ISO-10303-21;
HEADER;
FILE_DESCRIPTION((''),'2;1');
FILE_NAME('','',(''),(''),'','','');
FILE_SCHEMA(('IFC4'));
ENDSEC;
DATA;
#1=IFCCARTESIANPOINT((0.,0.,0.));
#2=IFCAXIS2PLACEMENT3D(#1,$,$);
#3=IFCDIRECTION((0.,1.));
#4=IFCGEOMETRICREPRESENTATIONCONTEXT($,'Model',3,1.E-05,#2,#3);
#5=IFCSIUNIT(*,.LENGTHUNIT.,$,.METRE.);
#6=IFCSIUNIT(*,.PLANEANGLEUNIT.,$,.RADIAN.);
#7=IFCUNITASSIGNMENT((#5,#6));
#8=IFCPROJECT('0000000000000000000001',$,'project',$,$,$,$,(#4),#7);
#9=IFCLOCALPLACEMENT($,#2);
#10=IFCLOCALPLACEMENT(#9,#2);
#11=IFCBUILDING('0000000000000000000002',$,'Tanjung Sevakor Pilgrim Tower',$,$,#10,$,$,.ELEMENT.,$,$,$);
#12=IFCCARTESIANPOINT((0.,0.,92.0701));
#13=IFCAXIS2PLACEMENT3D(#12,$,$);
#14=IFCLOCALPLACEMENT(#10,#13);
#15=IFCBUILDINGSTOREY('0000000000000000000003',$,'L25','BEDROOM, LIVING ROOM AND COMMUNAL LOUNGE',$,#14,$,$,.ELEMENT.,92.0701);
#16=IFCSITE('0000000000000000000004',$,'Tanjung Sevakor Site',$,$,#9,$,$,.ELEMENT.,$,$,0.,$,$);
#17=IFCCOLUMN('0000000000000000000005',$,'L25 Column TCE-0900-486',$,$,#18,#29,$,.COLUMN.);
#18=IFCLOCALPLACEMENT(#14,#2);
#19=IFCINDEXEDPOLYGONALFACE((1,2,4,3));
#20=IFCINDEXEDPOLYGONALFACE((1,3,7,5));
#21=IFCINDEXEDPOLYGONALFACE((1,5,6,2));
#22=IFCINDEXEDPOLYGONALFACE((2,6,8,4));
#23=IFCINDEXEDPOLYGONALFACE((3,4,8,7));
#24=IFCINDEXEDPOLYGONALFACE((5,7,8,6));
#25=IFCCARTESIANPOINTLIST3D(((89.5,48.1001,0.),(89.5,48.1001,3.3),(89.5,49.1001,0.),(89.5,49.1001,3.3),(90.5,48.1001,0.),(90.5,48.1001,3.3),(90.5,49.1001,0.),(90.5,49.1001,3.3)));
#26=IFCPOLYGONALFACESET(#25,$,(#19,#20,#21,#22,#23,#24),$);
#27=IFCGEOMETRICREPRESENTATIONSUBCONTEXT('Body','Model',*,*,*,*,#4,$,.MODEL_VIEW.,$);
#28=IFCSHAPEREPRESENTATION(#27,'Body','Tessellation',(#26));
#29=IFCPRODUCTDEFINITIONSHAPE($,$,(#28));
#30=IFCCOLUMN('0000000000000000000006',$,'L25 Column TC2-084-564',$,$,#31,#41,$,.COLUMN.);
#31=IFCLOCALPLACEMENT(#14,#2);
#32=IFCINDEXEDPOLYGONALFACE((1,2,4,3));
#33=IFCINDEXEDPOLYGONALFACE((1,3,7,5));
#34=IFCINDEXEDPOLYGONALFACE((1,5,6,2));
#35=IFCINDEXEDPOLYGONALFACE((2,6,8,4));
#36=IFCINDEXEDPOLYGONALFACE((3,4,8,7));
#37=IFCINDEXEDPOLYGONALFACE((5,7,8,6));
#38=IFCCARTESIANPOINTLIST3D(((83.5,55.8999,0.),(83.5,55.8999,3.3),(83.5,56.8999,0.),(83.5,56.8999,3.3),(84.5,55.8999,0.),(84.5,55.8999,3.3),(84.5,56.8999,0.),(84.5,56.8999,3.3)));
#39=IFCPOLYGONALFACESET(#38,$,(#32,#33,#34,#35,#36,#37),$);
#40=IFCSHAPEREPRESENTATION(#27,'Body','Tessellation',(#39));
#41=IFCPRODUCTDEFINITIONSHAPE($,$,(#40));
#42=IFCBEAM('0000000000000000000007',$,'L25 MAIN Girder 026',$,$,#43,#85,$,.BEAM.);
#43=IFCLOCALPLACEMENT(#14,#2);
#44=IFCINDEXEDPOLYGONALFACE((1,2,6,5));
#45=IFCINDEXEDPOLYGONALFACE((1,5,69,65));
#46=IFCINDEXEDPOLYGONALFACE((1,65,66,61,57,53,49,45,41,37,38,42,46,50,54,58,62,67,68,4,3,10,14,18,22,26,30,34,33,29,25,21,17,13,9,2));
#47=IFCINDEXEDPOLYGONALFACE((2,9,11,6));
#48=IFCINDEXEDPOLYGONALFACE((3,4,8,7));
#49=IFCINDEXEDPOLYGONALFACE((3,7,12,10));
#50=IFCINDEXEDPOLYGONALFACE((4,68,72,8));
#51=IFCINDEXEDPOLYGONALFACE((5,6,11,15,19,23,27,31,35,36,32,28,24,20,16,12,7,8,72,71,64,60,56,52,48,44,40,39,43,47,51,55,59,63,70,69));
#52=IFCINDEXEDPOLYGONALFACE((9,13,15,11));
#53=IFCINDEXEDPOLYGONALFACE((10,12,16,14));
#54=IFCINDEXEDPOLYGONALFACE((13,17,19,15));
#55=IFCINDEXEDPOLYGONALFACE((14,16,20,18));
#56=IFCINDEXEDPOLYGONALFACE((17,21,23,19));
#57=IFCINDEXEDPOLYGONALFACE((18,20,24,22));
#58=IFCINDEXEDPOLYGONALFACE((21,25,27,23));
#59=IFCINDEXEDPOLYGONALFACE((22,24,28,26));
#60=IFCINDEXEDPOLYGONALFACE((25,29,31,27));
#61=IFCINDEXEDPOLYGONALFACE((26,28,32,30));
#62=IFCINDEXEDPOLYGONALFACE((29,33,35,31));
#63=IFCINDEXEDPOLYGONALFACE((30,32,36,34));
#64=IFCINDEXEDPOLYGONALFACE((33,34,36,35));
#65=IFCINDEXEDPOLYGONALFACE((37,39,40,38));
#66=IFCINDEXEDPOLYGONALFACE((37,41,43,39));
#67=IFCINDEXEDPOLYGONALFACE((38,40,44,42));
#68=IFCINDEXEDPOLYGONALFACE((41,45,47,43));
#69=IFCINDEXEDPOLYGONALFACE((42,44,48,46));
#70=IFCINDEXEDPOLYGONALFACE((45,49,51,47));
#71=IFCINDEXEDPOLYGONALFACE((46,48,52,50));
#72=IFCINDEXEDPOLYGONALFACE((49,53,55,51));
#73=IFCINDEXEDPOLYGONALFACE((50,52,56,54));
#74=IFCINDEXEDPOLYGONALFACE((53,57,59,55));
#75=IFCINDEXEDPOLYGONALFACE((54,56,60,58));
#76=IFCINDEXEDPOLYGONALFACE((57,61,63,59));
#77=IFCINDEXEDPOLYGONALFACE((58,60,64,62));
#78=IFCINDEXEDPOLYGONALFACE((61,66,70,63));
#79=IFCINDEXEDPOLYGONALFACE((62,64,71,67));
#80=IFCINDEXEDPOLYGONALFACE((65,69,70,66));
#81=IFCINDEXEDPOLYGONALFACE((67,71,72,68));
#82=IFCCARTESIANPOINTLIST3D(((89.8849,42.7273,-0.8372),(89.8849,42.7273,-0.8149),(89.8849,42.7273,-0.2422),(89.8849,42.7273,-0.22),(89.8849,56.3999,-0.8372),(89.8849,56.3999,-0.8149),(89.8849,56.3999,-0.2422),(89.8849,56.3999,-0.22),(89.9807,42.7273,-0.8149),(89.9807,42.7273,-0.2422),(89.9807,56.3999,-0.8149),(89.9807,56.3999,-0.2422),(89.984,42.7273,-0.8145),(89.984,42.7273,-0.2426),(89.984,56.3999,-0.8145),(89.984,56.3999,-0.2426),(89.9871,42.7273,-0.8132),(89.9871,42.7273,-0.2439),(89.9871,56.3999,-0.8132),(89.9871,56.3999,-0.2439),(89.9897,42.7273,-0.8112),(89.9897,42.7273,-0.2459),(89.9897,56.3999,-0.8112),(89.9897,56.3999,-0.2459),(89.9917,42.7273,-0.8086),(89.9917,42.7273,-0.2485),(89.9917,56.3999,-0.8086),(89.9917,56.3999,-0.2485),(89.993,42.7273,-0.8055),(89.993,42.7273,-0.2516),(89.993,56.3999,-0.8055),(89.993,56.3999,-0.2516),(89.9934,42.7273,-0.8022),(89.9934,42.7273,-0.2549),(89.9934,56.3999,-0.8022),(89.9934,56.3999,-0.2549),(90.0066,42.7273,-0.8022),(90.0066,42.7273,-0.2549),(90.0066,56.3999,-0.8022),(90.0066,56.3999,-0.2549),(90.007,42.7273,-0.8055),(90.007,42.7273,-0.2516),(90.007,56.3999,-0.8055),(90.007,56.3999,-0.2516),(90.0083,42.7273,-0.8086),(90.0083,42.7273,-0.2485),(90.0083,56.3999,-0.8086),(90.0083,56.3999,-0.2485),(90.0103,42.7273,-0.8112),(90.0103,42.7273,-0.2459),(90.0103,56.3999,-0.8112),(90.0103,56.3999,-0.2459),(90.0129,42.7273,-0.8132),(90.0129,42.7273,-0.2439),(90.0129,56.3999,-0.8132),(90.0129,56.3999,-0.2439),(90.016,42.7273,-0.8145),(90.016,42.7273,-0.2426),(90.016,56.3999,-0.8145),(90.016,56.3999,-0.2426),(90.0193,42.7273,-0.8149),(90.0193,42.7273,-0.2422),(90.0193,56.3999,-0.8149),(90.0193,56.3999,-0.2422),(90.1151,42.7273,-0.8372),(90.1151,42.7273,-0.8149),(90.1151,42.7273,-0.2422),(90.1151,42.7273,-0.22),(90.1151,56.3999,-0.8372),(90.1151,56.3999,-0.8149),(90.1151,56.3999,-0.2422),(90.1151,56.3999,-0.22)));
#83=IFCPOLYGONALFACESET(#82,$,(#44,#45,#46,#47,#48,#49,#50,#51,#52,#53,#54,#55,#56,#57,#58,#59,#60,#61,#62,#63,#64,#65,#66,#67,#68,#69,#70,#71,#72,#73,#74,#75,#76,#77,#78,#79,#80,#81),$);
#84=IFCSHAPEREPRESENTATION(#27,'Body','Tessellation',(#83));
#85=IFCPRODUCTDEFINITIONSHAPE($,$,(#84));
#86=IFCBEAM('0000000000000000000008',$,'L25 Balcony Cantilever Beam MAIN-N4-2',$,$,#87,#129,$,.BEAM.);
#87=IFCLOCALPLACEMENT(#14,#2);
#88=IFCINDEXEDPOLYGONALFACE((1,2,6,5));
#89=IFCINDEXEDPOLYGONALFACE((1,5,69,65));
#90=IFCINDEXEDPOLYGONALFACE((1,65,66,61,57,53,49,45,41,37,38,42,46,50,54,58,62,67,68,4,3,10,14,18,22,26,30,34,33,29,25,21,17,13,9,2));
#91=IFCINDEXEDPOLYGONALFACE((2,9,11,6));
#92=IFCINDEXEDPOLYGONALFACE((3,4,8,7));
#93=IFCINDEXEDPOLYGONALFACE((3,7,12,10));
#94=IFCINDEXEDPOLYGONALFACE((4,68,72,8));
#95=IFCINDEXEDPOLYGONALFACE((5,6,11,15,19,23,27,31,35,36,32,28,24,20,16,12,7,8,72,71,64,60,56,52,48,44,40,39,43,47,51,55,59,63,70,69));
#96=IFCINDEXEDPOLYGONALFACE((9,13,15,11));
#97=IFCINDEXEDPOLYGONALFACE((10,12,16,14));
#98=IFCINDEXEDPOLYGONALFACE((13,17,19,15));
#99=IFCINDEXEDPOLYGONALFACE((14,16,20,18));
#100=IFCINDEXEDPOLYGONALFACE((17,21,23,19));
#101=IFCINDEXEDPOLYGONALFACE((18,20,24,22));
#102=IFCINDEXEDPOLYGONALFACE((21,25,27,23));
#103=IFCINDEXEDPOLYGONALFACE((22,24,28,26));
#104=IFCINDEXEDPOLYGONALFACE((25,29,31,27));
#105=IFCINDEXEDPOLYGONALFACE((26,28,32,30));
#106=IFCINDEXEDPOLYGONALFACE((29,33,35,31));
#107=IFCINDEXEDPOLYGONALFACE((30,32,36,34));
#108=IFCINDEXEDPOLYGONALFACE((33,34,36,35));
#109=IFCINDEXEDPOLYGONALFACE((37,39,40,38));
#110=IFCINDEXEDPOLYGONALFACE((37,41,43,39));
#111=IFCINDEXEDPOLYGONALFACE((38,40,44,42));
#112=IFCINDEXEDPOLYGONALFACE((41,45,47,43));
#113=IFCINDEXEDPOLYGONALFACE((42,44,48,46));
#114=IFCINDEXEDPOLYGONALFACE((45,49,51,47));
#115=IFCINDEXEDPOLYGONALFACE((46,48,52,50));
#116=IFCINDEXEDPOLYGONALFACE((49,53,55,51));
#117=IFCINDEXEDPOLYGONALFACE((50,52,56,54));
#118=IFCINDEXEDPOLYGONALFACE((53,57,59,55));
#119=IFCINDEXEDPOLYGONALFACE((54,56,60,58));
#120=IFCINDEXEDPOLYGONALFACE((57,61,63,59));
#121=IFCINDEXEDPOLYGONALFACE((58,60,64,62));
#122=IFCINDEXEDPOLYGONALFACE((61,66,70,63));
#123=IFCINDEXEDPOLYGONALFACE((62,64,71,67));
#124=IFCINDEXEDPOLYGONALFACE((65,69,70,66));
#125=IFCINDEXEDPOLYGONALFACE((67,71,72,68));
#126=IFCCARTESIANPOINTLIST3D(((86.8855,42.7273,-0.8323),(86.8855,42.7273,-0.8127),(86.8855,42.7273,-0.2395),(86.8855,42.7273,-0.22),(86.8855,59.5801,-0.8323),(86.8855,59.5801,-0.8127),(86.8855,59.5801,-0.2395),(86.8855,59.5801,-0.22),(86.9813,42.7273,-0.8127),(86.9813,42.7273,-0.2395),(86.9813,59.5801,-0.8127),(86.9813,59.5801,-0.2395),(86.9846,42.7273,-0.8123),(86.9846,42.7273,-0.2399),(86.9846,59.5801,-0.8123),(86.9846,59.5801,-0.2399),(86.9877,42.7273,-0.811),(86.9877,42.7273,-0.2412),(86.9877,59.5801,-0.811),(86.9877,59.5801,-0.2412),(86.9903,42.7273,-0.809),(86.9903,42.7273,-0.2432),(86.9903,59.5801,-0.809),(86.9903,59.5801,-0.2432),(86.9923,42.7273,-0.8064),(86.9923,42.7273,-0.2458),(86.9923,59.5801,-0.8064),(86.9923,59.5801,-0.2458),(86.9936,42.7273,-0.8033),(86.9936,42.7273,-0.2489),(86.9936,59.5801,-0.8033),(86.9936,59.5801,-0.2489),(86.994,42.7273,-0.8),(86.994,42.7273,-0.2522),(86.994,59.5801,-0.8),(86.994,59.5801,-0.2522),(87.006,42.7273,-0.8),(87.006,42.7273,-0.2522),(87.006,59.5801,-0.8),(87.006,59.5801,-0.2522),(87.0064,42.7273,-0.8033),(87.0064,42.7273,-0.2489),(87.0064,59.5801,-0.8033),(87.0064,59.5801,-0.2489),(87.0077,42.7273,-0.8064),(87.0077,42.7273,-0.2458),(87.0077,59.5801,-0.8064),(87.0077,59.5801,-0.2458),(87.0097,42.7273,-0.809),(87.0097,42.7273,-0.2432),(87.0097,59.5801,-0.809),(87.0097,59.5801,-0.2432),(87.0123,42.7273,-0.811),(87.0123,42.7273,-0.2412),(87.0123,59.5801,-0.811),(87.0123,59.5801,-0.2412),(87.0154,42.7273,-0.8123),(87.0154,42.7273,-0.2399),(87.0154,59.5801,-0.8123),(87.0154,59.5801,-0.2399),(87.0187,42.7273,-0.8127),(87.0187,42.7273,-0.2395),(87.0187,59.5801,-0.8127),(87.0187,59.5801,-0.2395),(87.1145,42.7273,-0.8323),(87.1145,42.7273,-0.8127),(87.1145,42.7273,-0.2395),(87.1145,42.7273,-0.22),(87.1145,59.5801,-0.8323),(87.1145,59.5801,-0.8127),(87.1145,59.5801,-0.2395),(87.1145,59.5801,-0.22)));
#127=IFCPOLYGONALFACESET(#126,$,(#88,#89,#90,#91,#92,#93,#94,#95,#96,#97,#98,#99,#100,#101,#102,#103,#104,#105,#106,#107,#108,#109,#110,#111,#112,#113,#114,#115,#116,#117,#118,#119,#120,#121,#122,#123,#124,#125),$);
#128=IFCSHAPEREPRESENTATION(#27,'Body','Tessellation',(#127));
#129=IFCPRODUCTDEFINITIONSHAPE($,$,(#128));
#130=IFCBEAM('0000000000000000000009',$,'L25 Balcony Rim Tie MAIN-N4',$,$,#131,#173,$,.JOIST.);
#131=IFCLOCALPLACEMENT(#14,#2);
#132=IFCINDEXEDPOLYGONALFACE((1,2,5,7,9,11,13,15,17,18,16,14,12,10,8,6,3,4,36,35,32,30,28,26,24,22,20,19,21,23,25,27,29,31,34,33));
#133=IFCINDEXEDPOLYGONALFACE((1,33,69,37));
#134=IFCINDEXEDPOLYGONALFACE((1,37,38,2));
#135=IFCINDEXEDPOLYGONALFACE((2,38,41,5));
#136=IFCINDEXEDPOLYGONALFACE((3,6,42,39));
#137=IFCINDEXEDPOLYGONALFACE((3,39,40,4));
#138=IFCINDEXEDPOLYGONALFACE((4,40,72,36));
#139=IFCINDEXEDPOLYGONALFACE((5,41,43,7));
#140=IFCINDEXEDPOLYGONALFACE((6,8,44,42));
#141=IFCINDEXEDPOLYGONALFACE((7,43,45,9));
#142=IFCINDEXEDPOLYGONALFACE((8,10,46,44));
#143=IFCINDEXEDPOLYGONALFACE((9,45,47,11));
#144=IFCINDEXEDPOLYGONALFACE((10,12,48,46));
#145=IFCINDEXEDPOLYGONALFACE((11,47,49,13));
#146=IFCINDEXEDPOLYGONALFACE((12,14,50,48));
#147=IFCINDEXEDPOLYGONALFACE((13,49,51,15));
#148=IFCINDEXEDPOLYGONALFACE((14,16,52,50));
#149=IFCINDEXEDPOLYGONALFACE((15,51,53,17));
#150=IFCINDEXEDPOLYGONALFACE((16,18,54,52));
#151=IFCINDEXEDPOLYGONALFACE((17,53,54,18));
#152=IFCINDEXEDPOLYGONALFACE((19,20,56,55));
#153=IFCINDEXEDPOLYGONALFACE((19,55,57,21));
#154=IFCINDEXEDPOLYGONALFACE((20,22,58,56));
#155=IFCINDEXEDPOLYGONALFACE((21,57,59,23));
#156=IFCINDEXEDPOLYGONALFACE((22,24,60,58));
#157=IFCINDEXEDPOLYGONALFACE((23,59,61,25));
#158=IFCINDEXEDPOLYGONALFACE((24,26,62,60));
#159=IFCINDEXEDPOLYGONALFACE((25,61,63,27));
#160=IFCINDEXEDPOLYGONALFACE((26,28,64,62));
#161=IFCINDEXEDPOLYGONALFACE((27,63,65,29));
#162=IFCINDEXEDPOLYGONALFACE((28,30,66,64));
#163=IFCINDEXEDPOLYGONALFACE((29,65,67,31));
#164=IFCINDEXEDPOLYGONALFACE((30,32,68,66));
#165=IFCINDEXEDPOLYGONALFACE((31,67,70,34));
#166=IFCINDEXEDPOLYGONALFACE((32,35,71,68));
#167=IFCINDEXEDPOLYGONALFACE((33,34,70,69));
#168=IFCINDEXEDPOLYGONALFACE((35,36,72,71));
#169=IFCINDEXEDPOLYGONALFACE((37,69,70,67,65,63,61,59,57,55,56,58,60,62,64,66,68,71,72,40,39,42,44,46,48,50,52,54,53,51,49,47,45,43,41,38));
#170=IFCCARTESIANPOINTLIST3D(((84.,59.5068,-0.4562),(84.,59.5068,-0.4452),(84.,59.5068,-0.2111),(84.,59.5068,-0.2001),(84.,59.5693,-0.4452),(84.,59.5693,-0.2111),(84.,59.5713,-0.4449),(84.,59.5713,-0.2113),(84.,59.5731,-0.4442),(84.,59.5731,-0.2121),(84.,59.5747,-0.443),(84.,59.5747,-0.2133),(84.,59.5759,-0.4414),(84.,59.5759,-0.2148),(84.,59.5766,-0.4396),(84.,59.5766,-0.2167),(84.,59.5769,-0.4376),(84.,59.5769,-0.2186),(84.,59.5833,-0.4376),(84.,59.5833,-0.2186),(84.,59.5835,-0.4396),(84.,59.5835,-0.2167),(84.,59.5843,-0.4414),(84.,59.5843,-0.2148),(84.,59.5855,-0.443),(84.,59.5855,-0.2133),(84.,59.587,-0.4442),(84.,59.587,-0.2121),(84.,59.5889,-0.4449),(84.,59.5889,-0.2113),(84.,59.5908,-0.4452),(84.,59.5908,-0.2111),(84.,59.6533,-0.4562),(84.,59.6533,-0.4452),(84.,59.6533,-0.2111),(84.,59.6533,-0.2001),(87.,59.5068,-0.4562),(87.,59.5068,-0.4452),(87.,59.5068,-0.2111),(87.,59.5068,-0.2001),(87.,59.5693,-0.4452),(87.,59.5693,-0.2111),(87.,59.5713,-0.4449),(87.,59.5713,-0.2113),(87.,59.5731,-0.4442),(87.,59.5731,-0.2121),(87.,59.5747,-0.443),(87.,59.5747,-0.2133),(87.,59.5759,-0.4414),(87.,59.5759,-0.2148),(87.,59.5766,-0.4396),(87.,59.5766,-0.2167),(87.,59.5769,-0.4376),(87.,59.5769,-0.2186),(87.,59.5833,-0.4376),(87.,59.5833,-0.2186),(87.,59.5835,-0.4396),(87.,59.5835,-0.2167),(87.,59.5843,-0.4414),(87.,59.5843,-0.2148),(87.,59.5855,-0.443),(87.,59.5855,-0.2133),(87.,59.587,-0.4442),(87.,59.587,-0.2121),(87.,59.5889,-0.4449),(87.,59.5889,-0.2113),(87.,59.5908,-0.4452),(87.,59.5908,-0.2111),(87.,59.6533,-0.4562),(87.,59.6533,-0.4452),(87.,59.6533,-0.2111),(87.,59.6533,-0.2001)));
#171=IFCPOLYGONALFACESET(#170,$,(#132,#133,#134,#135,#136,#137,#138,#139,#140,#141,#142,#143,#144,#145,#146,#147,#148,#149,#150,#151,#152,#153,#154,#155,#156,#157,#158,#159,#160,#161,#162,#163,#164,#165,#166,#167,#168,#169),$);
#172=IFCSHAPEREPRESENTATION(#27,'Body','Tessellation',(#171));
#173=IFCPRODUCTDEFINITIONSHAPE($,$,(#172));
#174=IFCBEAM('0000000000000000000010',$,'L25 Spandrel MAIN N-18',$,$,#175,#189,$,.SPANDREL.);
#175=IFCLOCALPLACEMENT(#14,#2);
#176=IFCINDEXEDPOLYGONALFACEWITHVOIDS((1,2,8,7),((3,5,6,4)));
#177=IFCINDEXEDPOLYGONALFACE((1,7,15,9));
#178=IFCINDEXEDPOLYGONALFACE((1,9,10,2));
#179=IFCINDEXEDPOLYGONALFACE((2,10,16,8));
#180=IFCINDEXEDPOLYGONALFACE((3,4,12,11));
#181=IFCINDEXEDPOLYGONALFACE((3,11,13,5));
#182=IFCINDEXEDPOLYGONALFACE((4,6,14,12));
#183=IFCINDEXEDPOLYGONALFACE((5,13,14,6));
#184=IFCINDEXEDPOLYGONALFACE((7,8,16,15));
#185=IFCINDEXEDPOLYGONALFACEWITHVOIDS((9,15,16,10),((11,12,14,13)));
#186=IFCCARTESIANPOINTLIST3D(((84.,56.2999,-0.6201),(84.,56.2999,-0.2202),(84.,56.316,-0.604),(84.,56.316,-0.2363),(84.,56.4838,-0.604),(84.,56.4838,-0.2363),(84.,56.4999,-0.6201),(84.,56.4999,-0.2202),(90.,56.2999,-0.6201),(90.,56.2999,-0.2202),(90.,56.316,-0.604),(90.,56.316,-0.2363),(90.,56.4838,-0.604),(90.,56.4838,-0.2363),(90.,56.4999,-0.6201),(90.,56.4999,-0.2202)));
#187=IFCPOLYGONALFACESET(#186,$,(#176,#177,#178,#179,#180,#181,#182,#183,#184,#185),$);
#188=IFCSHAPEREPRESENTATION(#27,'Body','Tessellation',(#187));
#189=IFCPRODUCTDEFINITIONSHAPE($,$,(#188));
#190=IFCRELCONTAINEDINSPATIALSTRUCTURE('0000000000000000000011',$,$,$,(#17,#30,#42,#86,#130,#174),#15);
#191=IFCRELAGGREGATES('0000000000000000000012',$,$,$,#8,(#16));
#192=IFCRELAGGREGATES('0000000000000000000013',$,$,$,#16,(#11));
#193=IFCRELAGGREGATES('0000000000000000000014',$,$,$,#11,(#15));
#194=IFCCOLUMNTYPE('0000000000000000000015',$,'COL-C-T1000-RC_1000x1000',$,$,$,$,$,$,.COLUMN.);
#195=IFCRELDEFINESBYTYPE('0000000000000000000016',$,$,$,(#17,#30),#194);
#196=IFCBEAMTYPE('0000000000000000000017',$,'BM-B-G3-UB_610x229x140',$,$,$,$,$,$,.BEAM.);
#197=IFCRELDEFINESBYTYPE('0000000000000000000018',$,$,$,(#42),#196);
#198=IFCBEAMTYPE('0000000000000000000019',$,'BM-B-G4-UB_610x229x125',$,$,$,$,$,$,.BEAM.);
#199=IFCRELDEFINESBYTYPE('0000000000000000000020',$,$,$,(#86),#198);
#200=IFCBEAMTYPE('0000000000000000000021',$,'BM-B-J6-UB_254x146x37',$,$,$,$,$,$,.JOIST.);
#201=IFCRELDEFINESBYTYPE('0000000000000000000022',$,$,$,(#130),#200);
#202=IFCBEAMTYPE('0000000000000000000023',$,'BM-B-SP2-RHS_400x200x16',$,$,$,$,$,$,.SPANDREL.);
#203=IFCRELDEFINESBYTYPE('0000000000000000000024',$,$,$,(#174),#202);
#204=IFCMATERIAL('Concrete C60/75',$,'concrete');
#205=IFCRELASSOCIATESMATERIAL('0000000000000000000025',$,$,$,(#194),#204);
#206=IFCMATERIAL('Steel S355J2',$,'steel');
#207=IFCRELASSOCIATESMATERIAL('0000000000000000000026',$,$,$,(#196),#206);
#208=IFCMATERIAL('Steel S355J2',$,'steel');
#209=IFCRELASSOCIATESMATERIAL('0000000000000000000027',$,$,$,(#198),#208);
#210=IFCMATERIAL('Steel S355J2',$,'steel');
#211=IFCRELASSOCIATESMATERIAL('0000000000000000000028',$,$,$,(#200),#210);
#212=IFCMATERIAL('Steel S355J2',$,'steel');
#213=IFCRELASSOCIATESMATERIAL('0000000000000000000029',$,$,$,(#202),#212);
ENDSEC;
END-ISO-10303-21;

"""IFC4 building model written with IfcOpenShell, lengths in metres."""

from ifc_helpers import new_model, si_unit, direction, frame, origin, origin_2d, place, context, subcontext, project, spatial, rectangle, hollow_rectangle, i_section, extrude, material, material_profile, profile_set, type_object, element, save


model = new_model("IFC4")

# Units and contexts
model_context = context("Model", 3, precision=1e-05, world=origin(), true_north=direction((0.0, 1.0)))
body_context = subcontext(model_context, "Body", "Model", "MODEL_VIEW")
ifc_project = project(units=[si_unit("LENGTHUNIT", "METRE"), si_unit("PLANEANGLEUNIT", "RADIAN")], contexts=[model_context])

# Site, building, storey
site_placement = place(None, origin())
site = spatial("IfcSite", under=ifc_project, at=site_placement, Name="Tanjung Sevakor Site", CompositionType="ELEMENT", RefElevation=0.0)
building_placement = place(site_placement, origin())
building = spatial("IfcBuilding", under=site, at=building_placement, Name="Tanjung Sevakor Pilgrim Tower", CompositionType="ELEMENT")
storey_placement = place(building_placement, frame((0.0, 0.0, 92.0701)))
storey = spatial("IfcBuildingStorey", under=building, at=storey_placement, Name="L25", Description="BEDROOM, LIVING ROOM AND COMMUNAL LOUNGE", CompositionType="ELEMENT", Elevation=92.0701)

# Columns
ifc_material_1 = material(Name="Concrete C60/75", Category="concrete")
ifc_material_profile_1 = material_profile(ifc_material_1, rectangle(XDim=1.0, YDim=1.0, at=origin_2d()))
ifc_profile_set_1 = profile_set([ifc_material_profile_1], Name="Concrete C60/75")
column_type = type_object("IfcColumnType", Name="COL-C-T1000-RC_1000x1000", PredefinedType="COLUMN", material=ifc_profile_set_1)
for number, where, z_axis, x_axis, name in (
    (1, (90.0, 48.6001, 0.0), (0.0, 0.0, 1.0), (1.0, 0.0, 0.0), "L25 Column TCE-0900-486"),
    (2, (84.0, 56.3999, 0.0), (0.0, 0.0, 1.0), (1.0, 0.0, 0.0), "L25 Column TC2-084-564"),
):
    element("IfcColumn", number, at=place(storey_placement, frame(where, z_axis=z_axis, x_axis=x_axis)), inside=storey, type_object=column_type, Name=name, PredefinedType="COLUMN", context=body_context, shape_type="SweptSolid", body=[
        extrude(rectangle(XDim=1.0, YDim=1.0, at=origin_2d()), origin(), (0.0, 0.0, 1.0), 3.3),
    ])

# Beams
ifc_material_2 = material(Name="Steel S355J2", Category="steel")
ifc_material_profile_2 = material_profile(ifc_material_2, i_section(OverallWidth=0.2302, OverallDepth=0.6172, WebThickness=0.0132, FlangeThickness=0.0222, FilletRadius=0.0127, at=origin_2d()))
ifc_profile_set_2 = profile_set([ifc_material_profile_2], Name="Steel S355J2")
beam_type_1 = type_object("IfcBeamType", Name="BM-B-G3-UB_610x229x140", PredefinedType="BEAM", material=ifc_profile_set_2)
beam_1_placement = place(storey_placement, frame((90.0, 42.7273, -0.5286), z_axis=(0.0, 1.0, 0.0), x_axis=(-1.0, 0.0, 0.0)))
element("IfcBeam", 3, at=beam_1_placement, inside=storey, type_object=beam_type_1, Name="L25 MAIN Girder 026", PredefinedType="BEAM", context=body_context, shape_type="SweptSolid", body=[
    extrude(i_section(OverallWidth=0.2302, OverallDepth=0.6172, WebThickness=0.0132, FlangeThickness=0.0222, FilletRadius=0.0127, at=origin_2d()), origin(), (0.0, 0.0, 1.0), 13.6726),
])
ifc_material_3 = material(Name="Steel S355J2", Category="steel")
ifc_material_profile_3 = material_profile(ifc_material_3, i_section(OverallWidth=0.229, OverallDepth=0.6123, WebThickness=0.012, FlangeThickness=0.0195, FilletRadius=0.0127, at=origin_2d()))
ifc_profile_set_3 = profile_set([ifc_material_profile_3], Name="Steel S355J2")
beam_type_2 = type_object("IfcBeamType", Name="BM-B-G4-UB_610x229x125", PredefinedType="BEAM", material=ifc_profile_set_3)
beam_2_placement = place(storey_placement, frame((87.0, 42.7273, -0.5261), z_axis=(0.0, 1.0, 0.0), x_axis=(-1.0, 0.0, 0.0)))
element("IfcBeam", 4, at=beam_2_placement, inside=storey, type_object=beam_type_2, Name="L25 Balcony Cantilever Beam MAIN-N4-2", PredefinedType="BEAM", context=body_context, shape_type="SweptSolid", body=[
    extrude(i_section(OverallWidth=0.229, OverallDepth=0.6123, WebThickness=0.012, FlangeThickness=0.0195, FilletRadius=0.0127, at=origin_2d()), origin(), (0.0, 0.0, 1.0), 16.8528),
])
ifc_material_4 = material(Name="Steel S355J2", Category="steel")
ifc_material_profile_4 = material_profile(ifc_material_4, i_section(OverallWidth=0.1465, OverallDepth=0.2561, WebThickness=0.0063, FlangeThickness=0.011, FilletRadius=0.0076, at=origin_2d()))
ifc_profile_set_4 = profile_set([ifc_material_profile_4], Name="Steel S355J2")
beam_type_3 = type_object("IfcBeamType", Name="BM-B-J6-UB_254x146x37", PredefinedType="JOIST", material=ifc_profile_set_4)
beam_3_placement = place(storey_placement, frame((84.0, 59.5801, -0.3281), z_axis=(1.0, 0.0, 0.0), x_axis=(0.0, 1.0, 0.0)))
element("IfcBeam", 5, at=beam_3_placement, inside=storey, type_object=beam_type_3, Name="L25 Balcony Rim Tie MAIN-N4", PredefinedType="JOIST", context=body_context, shape_type="SweptSolid", body=[
    extrude(i_section(OverallWidth=0.1465, OverallDepth=0.2561, WebThickness=0.0063, FlangeThickness=0.011, FilletRadius=0.0076, at=origin_2d()), origin(), (0.0, 0.0, 1.0), 3.0),
])
ifc_material_5 = material(Name="Steel S355J2", Category="steel")
ifc_material_profile_5 = material_profile(ifc_material_5, hollow_rectangle(XDim=0.2, YDim=0.3999, WallThickness=0.0161, at=origin_2d()))
ifc_profile_set_5 = profile_set([ifc_material_profile_5], Name="Steel S355J2")
beam_type_4 = type_object("IfcBeamType", Name="BM-B-SP2-RHS_400x200x16", PredefinedType="SPANDREL", material=ifc_profile_set_5)
beam_4_placement = place(storey_placement, frame((84.0, 56.3999, -0.4202), z_axis=(1.0, 0.0, 0.0), x_axis=(0.0, 1.0, 0.0)))
element("IfcBeam", 6, at=beam_4_placement, inside=storey, type_object=beam_type_4, Name="L25 Spandrel MAIN N-18", PredefinedType="SPANDREL", context=body_context, shape_type="SweptSolid", body=[
    extrude(hollow_rectangle(XDim=0.2, YDim=0.3999, WallThickness=0.0161, at=origin_2d()), origin(), (0.0, 0.0, 1.0), 6.0),
])

save(model, "model.ifc")
